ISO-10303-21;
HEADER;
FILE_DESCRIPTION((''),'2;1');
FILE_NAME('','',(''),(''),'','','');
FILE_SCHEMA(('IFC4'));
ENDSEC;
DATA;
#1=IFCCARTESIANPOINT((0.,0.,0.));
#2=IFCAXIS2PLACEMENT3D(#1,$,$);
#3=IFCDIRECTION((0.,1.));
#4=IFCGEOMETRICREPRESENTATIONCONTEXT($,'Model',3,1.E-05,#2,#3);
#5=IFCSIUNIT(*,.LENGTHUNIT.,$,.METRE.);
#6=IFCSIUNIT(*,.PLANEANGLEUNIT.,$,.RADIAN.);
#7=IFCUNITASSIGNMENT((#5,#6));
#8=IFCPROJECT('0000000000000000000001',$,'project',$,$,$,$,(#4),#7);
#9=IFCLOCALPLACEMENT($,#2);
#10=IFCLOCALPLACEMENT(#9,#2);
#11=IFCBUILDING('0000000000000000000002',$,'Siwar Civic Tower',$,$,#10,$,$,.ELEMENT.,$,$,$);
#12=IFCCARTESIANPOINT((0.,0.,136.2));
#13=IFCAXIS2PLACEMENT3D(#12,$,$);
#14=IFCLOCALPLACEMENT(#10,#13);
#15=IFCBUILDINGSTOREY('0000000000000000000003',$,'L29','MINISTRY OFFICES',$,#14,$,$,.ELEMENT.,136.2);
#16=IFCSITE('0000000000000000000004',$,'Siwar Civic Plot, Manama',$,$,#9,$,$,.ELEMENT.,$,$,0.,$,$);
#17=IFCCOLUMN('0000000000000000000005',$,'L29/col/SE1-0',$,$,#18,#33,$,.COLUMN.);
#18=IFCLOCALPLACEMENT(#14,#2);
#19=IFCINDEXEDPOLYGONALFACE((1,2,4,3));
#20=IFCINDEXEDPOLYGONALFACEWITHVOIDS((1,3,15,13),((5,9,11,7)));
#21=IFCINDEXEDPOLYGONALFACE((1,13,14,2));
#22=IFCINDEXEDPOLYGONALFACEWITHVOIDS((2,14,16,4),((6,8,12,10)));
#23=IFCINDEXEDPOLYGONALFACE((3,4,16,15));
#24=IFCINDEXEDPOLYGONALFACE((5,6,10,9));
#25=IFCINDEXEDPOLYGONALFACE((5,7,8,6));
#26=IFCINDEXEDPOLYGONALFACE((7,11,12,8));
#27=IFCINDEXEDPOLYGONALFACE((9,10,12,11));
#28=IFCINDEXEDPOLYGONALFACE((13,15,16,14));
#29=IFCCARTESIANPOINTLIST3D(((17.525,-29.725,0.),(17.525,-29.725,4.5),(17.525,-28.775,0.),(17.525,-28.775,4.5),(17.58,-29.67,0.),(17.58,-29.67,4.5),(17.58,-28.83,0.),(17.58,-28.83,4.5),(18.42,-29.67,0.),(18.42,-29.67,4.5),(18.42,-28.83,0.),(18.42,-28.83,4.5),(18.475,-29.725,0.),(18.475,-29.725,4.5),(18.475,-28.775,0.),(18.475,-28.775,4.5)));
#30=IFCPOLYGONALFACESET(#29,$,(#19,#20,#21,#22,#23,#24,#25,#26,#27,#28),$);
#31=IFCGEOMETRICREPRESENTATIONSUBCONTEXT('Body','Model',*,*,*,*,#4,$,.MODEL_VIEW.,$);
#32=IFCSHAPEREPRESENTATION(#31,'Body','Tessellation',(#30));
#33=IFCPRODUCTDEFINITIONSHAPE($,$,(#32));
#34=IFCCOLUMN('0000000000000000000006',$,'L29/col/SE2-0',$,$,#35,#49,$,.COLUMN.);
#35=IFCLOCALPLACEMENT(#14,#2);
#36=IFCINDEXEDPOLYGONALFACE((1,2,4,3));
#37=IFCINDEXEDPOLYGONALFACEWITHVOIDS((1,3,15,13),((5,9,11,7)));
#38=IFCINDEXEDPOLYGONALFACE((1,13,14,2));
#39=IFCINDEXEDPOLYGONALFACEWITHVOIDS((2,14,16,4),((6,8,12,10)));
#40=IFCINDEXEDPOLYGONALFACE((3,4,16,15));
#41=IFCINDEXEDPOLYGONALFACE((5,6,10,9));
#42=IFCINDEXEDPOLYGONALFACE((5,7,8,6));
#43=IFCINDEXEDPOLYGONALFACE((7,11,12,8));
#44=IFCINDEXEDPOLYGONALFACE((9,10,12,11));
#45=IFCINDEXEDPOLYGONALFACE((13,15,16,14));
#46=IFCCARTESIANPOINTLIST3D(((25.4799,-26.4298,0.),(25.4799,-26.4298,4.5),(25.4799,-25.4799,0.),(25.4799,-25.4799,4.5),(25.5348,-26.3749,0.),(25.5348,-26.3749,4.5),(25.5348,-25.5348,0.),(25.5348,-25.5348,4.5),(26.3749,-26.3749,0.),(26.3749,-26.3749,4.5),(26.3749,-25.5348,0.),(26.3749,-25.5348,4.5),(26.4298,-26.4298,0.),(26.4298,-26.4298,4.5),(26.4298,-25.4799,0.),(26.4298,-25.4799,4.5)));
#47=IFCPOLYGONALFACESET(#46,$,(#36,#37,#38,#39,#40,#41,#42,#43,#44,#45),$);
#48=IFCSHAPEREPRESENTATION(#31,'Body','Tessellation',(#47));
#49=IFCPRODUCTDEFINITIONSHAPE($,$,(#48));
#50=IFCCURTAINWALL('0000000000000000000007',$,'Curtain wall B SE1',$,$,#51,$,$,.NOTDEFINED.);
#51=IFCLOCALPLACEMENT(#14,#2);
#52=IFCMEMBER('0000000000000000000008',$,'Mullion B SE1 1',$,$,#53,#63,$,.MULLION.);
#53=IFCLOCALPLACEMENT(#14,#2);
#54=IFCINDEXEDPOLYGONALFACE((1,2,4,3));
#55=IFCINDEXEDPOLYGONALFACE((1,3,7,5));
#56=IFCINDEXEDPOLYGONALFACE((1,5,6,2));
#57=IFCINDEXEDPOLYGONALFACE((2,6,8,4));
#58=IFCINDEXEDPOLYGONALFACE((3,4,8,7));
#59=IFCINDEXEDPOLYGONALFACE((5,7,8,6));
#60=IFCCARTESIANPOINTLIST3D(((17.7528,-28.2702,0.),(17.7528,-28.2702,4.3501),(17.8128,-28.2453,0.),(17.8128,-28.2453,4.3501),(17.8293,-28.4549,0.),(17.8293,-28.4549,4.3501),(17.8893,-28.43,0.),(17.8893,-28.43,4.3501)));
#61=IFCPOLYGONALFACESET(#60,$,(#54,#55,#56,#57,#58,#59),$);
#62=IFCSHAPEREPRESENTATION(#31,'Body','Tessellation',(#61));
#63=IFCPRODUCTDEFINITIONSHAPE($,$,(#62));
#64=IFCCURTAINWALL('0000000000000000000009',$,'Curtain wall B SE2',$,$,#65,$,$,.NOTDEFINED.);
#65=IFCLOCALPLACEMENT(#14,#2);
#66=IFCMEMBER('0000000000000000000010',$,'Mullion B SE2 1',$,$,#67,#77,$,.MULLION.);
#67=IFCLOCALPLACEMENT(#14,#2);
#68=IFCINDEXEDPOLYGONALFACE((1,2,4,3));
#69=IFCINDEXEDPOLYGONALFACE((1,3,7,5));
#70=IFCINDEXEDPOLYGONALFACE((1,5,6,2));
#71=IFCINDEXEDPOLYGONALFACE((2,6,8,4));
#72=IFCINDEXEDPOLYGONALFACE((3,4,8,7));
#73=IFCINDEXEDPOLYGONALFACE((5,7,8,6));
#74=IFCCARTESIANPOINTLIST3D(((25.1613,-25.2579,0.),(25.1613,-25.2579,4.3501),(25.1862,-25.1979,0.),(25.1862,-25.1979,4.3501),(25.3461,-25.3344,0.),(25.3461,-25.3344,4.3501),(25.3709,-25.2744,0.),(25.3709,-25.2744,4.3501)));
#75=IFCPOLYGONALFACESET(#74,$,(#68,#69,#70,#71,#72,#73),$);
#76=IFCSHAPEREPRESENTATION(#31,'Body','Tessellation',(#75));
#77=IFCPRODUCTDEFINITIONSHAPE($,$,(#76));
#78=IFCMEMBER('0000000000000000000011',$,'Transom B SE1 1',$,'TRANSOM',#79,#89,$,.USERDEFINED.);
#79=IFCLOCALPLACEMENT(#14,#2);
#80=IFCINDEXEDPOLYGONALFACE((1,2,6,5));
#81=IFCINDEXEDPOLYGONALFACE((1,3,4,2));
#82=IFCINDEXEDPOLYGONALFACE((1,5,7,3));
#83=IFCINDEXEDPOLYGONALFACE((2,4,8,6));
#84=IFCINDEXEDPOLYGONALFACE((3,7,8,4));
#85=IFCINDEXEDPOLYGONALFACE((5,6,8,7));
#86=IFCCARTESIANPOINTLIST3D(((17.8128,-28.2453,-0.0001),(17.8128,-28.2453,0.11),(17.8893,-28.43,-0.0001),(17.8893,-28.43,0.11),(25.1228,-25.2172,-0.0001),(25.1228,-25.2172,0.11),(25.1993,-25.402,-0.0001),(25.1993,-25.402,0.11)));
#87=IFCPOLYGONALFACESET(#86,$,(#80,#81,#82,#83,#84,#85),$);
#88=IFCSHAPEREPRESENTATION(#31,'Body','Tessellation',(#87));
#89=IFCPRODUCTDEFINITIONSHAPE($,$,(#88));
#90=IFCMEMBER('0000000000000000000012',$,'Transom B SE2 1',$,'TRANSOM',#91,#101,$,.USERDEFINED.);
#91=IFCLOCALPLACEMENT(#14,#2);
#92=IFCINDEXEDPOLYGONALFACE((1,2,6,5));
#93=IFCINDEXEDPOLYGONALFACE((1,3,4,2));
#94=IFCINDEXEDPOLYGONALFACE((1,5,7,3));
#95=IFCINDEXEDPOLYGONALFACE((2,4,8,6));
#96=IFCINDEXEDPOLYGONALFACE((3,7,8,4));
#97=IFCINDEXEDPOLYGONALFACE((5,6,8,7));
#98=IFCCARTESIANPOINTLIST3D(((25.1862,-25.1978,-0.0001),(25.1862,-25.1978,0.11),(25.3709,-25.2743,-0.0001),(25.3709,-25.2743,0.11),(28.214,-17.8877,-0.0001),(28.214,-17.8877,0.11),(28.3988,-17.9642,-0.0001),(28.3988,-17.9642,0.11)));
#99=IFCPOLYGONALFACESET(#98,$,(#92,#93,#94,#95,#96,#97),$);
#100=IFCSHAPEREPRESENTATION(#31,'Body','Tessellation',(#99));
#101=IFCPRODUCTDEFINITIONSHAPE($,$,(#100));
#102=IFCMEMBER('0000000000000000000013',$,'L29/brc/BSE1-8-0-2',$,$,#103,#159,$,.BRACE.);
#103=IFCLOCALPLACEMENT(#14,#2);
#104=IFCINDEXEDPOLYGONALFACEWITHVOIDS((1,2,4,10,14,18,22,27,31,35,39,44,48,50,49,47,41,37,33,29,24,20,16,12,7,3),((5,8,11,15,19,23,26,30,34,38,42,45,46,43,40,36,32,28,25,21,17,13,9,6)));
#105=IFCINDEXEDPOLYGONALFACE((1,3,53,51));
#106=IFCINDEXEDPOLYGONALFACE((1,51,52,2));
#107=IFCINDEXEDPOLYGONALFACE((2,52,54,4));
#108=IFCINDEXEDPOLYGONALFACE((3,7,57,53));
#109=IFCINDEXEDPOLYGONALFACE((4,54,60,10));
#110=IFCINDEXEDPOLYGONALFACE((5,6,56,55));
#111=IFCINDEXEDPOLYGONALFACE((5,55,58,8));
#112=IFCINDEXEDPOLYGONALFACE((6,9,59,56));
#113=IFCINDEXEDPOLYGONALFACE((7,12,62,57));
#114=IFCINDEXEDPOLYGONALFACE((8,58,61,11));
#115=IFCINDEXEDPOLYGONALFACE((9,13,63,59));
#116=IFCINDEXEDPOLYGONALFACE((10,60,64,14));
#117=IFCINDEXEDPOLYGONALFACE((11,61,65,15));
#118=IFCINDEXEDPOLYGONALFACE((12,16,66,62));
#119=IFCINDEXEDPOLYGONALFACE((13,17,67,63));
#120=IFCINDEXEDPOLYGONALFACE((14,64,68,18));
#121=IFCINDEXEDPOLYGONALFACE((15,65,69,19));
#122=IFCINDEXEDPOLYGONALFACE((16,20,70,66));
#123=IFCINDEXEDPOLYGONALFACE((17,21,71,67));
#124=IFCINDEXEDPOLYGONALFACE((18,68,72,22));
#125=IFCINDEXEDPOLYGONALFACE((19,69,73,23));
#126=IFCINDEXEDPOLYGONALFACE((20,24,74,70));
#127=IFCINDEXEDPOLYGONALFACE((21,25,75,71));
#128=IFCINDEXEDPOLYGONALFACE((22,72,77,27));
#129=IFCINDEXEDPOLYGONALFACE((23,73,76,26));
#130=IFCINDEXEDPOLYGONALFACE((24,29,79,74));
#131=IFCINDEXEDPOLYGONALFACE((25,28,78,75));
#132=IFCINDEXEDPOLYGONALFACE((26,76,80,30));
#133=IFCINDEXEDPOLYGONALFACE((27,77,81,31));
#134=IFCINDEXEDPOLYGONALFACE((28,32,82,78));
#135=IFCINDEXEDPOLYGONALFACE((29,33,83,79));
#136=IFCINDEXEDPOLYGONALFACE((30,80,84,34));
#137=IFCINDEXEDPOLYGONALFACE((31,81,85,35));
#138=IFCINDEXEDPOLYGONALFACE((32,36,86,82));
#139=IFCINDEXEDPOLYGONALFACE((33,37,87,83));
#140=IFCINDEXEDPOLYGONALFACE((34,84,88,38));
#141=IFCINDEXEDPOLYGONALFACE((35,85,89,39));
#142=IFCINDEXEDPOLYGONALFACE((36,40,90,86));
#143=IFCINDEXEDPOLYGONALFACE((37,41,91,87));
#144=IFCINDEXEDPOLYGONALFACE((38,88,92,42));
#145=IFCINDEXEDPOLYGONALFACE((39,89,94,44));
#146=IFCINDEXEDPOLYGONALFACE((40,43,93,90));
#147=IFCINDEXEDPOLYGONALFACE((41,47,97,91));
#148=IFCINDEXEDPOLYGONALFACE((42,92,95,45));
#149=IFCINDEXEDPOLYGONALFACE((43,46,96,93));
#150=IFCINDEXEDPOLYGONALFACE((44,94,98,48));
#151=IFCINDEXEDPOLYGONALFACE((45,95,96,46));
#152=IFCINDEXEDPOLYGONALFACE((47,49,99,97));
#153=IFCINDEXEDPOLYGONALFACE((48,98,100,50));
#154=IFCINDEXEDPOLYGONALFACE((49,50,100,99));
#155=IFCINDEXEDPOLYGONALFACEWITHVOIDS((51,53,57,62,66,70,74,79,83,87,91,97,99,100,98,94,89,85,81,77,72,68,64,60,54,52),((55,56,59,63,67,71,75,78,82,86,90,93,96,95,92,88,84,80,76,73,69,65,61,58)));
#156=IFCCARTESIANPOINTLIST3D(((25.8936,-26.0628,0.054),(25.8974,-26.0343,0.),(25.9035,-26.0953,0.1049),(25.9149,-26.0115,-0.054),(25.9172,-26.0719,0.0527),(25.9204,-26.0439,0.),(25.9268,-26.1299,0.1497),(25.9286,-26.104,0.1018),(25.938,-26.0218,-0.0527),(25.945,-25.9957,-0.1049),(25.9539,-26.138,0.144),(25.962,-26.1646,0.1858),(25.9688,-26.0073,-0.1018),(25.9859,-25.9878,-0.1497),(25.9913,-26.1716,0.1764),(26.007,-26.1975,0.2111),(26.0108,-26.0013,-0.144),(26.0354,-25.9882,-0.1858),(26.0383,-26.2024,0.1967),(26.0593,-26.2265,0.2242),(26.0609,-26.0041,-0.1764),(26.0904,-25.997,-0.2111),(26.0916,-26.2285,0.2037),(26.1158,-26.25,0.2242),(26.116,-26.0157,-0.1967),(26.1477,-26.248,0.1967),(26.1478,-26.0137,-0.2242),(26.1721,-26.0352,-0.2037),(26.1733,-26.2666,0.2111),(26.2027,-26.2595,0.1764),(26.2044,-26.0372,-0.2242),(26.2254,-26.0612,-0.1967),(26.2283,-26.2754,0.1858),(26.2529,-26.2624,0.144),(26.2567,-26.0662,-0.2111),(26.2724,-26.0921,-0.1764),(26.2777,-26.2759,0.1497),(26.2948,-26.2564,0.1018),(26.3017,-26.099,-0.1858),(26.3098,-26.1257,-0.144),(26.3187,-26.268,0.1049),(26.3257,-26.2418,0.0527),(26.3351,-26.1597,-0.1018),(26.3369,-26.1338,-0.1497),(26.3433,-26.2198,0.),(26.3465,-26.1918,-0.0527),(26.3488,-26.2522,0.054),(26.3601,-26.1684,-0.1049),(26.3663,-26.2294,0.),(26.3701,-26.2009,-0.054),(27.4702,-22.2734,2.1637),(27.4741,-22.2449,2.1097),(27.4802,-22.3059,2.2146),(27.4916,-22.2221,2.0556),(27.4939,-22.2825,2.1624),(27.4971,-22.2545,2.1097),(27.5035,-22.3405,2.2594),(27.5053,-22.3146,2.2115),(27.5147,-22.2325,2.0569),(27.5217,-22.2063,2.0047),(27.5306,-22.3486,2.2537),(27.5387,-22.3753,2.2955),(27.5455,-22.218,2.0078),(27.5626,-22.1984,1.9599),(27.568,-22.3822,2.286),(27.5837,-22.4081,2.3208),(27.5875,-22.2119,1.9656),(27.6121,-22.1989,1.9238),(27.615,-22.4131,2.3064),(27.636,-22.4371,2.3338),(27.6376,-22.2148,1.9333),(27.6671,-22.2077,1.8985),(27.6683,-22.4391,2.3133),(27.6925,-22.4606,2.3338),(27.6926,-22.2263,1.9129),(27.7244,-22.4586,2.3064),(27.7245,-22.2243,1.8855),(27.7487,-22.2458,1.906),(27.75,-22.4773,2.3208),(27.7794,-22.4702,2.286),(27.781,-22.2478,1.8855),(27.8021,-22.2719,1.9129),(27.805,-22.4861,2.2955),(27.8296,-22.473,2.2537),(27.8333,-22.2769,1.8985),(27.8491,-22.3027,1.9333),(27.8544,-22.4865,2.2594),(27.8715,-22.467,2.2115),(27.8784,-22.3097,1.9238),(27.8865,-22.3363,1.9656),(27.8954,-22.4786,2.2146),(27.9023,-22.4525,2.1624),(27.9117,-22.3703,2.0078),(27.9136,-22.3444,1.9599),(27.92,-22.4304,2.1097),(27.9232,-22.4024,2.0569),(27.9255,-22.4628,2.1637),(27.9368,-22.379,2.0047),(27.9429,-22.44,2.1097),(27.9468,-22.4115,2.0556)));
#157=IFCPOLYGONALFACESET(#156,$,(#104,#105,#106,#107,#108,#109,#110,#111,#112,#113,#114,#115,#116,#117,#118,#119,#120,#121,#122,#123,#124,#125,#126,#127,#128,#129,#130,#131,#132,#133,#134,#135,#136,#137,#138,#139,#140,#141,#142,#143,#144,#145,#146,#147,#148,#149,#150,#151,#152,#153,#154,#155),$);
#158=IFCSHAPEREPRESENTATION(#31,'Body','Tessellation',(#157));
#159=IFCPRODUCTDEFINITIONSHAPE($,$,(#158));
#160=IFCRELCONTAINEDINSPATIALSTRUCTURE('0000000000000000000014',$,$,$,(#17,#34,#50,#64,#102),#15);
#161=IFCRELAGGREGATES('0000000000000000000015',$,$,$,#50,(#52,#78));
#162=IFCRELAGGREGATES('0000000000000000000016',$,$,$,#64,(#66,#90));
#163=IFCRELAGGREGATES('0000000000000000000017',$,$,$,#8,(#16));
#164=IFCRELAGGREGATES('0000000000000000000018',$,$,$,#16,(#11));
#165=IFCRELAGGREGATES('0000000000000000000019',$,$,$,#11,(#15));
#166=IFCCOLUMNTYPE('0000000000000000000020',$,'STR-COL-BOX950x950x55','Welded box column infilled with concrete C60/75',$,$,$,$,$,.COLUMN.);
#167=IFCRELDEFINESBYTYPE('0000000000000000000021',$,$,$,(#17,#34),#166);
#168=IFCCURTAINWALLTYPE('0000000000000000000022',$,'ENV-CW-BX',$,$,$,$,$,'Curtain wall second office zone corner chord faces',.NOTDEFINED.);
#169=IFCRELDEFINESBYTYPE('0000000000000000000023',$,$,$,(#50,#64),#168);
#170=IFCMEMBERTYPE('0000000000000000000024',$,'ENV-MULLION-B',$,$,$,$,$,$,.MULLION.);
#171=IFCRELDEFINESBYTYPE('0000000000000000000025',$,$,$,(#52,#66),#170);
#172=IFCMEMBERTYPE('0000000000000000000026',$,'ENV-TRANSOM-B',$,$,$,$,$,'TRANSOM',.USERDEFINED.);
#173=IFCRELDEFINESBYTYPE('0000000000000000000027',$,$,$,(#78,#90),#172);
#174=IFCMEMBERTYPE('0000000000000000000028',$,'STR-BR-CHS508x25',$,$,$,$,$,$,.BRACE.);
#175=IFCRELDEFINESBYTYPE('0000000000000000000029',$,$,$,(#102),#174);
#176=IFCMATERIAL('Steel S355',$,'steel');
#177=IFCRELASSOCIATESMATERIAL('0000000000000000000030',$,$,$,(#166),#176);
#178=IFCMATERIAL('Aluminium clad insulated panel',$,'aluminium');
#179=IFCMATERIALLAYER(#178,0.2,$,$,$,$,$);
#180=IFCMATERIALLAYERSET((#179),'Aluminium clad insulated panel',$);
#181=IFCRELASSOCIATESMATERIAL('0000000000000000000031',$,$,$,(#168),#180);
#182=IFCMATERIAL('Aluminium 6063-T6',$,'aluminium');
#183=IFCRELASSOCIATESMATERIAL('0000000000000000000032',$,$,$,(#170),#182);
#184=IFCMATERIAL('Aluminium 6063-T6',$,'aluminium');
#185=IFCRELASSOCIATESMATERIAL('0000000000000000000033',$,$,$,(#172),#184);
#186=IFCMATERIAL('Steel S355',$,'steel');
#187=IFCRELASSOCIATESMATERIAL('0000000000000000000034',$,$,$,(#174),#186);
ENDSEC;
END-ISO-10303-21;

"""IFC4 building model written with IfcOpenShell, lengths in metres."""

from ifc_helpers import new_model, si_unit, direction, frame, origin, origin_2d, place, context, subcontext, project, spatial, rectangle, hollow_rectangle, hollow_circle, extrude, material, layer, layer_set, material_profile, profile_set, type_object, element, aggregate, save


model = new_model("IFC4")

# Units and contexts
model_context = context("Model", 3, precision=1e-05, world=origin(), true_north=direction((0.0, 1.0)))
body_context = subcontext(model_context, "Body", "Model", "MODEL_VIEW")
ifc_project = project(units=[si_unit("LENGTHUNIT", "METRE"), si_unit("PLANEANGLEUNIT", "RADIAN")], contexts=[model_context])

# Site, building, storey
site_placement = place(None, origin())
site = spatial("IfcSite", under=ifc_project, at=site_placement, Name="Siwar Civic Plot, Manama", CompositionType="ELEMENT", RefElevation=0.0)
building_placement = place(site_placement, origin())
building = spatial("IfcBuilding", under=site, at=building_placement, Name="Siwar Civic Tower", CompositionType="ELEMENT")
storey_placement = place(building_placement, frame((0.0, 0.0, 136.2)))
storey = spatial("IfcBuildingStorey", under=building, at=storey_placement, Name="L29", Description="MINISTRY OFFICES", CompositionType="ELEMENT", Elevation=136.2)

# Columns
ifc_material_1 = material(Name="Steel S355", Category="steel")
ifc_material_profile_1 = material_profile(ifc_material_1, hollow_rectangle(XDim=0.95, YDim=0.95, WallThickness=0.0549, at=origin_2d()), Name="BOX950x950x55")
ifc_profile_set_1 = profile_set([ifc_material_profile_1], Name="Steel S355")
column_type = type_object("IfcColumnType", Name="STR-COL-BOX950x950x55", Description="Welded box column infilled with concrete C60/75", PredefinedType="COLUMN", material=ifc_profile_set_1)
for number, where, z_axis, x_axis, name in (
    (1, (18.0, -29.25, 0.0), (0.0, 0.0, 1.0), (1.0, 0.0, 0.0), "L29/col/SE1-0"),
    (2, (25.9548, -25.9548, 0.0), (0.0, 0.0, 1.0), (1.0, 0.0, 0.0), "L29/col/SE2-0"),
):
    element("IfcColumn", number, at=place(storey_placement, frame(where, z_axis=z_axis, x_axis=x_axis)), inside=storey, type_object=column_type, Name=name, PredefinedType="COLUMN", context=body_context, shape_type="SweptSolid", body=[
        extrude(hollow_rectangle(XDim=0.95, YDim=0.95, WallThickness=0.0549, at=origin_2d()), origin(), (0.0, 0.0, 1.0), 4.5),
    ])

# Curtain walls, members
ifc_material_2 = material(Name="Aluminium clad insulated panel", Category="aluminium")
ifc_layer_1 = layer(ifc_material_2, 0.2)
ifc_layer_set_1 = layer_set([ifc_layer_1], Name="Aluminium clad insulated panel")
curtain_wall_type = type_object("IfcCurtainWallType", Name="ENV-CW-BX", ElementType="Curtain wall second office zone corner chord faces", PredefinedType="NOTDEFINED", material=ifc_layer_set_1)
curtain_wall_1_placement = place(storey_placement, origin())
curtain_wall_1 = element("IfcCurtainWall", 3, at=curtain_wall_1_placement, inside=storey, type_object=curtain_wall_type, Name="Curtain wall B SE1", PredefinedType="NOTDEFINED")
ifc_material_3 = material(Name="Aluminium 6063-T6", Category="aluminium")
ifc_material_profile_2 = material_profile(ifc_material_3, rectangle(XDim=0.2, YDim=0.0649, at=origin_2d()), Name="AL 200x65")
ifc_profile_set_2 = profile_set([ifc_material_profile_2], Name="Aluminium 6063-T6")
member_type_1 = type_object("IfcMemberType", Name="ENV-MULLION-B", PredefinedType="MULLION", material=ifc_profile_set_2)
member_1_placement = place(storey_placement, frame((17.821, -28.3501, 0.0), z_axis=(0.0, 0.0, 1.0), x_axis=(-0.382683, 0.92388, 0.0)))
member_1 = element("IfcMember", 4, at=member_1_placement, type_object=member_type_1, Name="Mullion B SE1 1", PredefinedType="MULLION", context=body_context, shape_type="SweptSolid", body=[
    extrude(rectangle(XDim=0.2, YDim=0.0649, at=origin_2d()), origin(), (0.0, 0.0, 1.0), 4.3501),
])
curtain_wall_2_placement = place(storey_placement, origin())
curtain_wall_2 = element("IfcCurtainWall", 5, at=curtain_wall_2_placement, inside=storey, type_object=curtain_wall_type, Name="Curtain wall B SE2", PredefinedType="NOTDEFINED")
member_2_placement = place(storey_placement, frame((25.2661, -25.2661, 0.0), z_axis=(0.0, 0.0, 1.0), x_axis=(-0.92388, 0.382683, 0.0)))
member_2 = element("IfcMember", 6, at=member_2_placement, type_object=member_type_1, Name="Mullion B SE2 1", PredefinedType="MULLION", context=body_context, shape_type="SweptSolid", body=[
    extrude(rectangle(XDim=0.2, YDim=0.0649, at=origin_2d()), origin(), (0.0, 0.0, 1.0), 4.3501),
])

# Members
ifc_material_4 = material(Name="Aluminium 6063-T6", Category="aluminium")
ifc_material_profile_3 = material_profile(ifc_material_4, rectangle(XDim=0.2, YDim=0.1101, at=origin_2d()), Name="AL 200x110")
ifc_profile_set_3 = profile_set([ifc_material_profile_3], Name="Aluminium 6063-T6")
member_type_2 = type_object("IfcMemberType", Name="ENV-TRANSOM-B", ElementType="TRANSOM", PredefinedType="USERDEFINED", material=ifc_profile_set_3)
member_3_placement = place(storey_placement, frame((17.8511, -28.3376, 0.0549), z_axis=(0.923873, 0.3827, 0.0), x_axis=(-0.3827, 0.923873, 0.0)))
member_3 = element("IfcMember", 7, at=member_3_placement, type_object=member_type_2, Name="Transom B SE1 1", ObjectType="TRANSOM", PredefinedType="USERDEFINED", context=body_context, shape_type="SweptSolid", body=[
    extrude(rectangle(XDim=0.2, YDim=0.1101, at=origin_2d()), origin(), (0.0, 0.0, 1.0), 7.9124),
])
member_4_placement = place(storey_placement, frame((25.2786, -25.2361, 0.0549), z_axis=(0.382673, 0.923884, 0.0), x_axis=(-0.923884, 0.382673, 0.0)))
member_4 = element("IfcMember", 8, at=member_4_placement, type_object=member_type_2, Name="Transom B SE2 1", ObjectType="TRANSOM", PredefinedType="USERDEFINED", context=body_context, shape_type="SweptSolid", body=[
    extrude(rectangle(XDim=0.2, YDim=0.1101, at=origin_2d()), origin(), (0.0, 0.0, 1.0), 7.9124),
])

# Member
ifc_material_5 = material(Name="Steel S355", Category="steel")
ifc_material_profile_4 = material_profile(ifc_material_5, hollow_circle(Radius=0.2539, WallThickness=0.0249, at=origin_2d()), Name="CHS508x25")
ifc_profile_set_4 = profile_set([ifc_material_profile_4], Name="Steel S355")
member_type_3 = type_object("IfcMemberType", Name="STR-BR-CHS508x25", PredefinedType="BRACE", material=ifc_profile_set_4)
member_5_placement = place(storey_placement, frame((26.1318, -26.1318, 0.0), z_axis=(0.341662, 0.821143, 0.457155), x_axis=(-0.923269, 0.384155, 0.0)))
element("IfcMember", 9, at=member_5_placement, inside=storey, type_object=member_type_3, Name="L29/brc/BSE1-8-0-2", PredefinedType="BRACE", context=body_context, shape_type="SweptSolid", body=[
    extrude(hollow_circle(Radius=0.2539, WallThickness=0.0249, at=origin_2d()), origin(), (0.0, 0.0, 1.0), 4.6147),
])

aggregate(curtain_wall_1, [member_1, member_3])
aggregate(curtain_wall_2, [member_2, member_4])

save(model, "model.ifc")
